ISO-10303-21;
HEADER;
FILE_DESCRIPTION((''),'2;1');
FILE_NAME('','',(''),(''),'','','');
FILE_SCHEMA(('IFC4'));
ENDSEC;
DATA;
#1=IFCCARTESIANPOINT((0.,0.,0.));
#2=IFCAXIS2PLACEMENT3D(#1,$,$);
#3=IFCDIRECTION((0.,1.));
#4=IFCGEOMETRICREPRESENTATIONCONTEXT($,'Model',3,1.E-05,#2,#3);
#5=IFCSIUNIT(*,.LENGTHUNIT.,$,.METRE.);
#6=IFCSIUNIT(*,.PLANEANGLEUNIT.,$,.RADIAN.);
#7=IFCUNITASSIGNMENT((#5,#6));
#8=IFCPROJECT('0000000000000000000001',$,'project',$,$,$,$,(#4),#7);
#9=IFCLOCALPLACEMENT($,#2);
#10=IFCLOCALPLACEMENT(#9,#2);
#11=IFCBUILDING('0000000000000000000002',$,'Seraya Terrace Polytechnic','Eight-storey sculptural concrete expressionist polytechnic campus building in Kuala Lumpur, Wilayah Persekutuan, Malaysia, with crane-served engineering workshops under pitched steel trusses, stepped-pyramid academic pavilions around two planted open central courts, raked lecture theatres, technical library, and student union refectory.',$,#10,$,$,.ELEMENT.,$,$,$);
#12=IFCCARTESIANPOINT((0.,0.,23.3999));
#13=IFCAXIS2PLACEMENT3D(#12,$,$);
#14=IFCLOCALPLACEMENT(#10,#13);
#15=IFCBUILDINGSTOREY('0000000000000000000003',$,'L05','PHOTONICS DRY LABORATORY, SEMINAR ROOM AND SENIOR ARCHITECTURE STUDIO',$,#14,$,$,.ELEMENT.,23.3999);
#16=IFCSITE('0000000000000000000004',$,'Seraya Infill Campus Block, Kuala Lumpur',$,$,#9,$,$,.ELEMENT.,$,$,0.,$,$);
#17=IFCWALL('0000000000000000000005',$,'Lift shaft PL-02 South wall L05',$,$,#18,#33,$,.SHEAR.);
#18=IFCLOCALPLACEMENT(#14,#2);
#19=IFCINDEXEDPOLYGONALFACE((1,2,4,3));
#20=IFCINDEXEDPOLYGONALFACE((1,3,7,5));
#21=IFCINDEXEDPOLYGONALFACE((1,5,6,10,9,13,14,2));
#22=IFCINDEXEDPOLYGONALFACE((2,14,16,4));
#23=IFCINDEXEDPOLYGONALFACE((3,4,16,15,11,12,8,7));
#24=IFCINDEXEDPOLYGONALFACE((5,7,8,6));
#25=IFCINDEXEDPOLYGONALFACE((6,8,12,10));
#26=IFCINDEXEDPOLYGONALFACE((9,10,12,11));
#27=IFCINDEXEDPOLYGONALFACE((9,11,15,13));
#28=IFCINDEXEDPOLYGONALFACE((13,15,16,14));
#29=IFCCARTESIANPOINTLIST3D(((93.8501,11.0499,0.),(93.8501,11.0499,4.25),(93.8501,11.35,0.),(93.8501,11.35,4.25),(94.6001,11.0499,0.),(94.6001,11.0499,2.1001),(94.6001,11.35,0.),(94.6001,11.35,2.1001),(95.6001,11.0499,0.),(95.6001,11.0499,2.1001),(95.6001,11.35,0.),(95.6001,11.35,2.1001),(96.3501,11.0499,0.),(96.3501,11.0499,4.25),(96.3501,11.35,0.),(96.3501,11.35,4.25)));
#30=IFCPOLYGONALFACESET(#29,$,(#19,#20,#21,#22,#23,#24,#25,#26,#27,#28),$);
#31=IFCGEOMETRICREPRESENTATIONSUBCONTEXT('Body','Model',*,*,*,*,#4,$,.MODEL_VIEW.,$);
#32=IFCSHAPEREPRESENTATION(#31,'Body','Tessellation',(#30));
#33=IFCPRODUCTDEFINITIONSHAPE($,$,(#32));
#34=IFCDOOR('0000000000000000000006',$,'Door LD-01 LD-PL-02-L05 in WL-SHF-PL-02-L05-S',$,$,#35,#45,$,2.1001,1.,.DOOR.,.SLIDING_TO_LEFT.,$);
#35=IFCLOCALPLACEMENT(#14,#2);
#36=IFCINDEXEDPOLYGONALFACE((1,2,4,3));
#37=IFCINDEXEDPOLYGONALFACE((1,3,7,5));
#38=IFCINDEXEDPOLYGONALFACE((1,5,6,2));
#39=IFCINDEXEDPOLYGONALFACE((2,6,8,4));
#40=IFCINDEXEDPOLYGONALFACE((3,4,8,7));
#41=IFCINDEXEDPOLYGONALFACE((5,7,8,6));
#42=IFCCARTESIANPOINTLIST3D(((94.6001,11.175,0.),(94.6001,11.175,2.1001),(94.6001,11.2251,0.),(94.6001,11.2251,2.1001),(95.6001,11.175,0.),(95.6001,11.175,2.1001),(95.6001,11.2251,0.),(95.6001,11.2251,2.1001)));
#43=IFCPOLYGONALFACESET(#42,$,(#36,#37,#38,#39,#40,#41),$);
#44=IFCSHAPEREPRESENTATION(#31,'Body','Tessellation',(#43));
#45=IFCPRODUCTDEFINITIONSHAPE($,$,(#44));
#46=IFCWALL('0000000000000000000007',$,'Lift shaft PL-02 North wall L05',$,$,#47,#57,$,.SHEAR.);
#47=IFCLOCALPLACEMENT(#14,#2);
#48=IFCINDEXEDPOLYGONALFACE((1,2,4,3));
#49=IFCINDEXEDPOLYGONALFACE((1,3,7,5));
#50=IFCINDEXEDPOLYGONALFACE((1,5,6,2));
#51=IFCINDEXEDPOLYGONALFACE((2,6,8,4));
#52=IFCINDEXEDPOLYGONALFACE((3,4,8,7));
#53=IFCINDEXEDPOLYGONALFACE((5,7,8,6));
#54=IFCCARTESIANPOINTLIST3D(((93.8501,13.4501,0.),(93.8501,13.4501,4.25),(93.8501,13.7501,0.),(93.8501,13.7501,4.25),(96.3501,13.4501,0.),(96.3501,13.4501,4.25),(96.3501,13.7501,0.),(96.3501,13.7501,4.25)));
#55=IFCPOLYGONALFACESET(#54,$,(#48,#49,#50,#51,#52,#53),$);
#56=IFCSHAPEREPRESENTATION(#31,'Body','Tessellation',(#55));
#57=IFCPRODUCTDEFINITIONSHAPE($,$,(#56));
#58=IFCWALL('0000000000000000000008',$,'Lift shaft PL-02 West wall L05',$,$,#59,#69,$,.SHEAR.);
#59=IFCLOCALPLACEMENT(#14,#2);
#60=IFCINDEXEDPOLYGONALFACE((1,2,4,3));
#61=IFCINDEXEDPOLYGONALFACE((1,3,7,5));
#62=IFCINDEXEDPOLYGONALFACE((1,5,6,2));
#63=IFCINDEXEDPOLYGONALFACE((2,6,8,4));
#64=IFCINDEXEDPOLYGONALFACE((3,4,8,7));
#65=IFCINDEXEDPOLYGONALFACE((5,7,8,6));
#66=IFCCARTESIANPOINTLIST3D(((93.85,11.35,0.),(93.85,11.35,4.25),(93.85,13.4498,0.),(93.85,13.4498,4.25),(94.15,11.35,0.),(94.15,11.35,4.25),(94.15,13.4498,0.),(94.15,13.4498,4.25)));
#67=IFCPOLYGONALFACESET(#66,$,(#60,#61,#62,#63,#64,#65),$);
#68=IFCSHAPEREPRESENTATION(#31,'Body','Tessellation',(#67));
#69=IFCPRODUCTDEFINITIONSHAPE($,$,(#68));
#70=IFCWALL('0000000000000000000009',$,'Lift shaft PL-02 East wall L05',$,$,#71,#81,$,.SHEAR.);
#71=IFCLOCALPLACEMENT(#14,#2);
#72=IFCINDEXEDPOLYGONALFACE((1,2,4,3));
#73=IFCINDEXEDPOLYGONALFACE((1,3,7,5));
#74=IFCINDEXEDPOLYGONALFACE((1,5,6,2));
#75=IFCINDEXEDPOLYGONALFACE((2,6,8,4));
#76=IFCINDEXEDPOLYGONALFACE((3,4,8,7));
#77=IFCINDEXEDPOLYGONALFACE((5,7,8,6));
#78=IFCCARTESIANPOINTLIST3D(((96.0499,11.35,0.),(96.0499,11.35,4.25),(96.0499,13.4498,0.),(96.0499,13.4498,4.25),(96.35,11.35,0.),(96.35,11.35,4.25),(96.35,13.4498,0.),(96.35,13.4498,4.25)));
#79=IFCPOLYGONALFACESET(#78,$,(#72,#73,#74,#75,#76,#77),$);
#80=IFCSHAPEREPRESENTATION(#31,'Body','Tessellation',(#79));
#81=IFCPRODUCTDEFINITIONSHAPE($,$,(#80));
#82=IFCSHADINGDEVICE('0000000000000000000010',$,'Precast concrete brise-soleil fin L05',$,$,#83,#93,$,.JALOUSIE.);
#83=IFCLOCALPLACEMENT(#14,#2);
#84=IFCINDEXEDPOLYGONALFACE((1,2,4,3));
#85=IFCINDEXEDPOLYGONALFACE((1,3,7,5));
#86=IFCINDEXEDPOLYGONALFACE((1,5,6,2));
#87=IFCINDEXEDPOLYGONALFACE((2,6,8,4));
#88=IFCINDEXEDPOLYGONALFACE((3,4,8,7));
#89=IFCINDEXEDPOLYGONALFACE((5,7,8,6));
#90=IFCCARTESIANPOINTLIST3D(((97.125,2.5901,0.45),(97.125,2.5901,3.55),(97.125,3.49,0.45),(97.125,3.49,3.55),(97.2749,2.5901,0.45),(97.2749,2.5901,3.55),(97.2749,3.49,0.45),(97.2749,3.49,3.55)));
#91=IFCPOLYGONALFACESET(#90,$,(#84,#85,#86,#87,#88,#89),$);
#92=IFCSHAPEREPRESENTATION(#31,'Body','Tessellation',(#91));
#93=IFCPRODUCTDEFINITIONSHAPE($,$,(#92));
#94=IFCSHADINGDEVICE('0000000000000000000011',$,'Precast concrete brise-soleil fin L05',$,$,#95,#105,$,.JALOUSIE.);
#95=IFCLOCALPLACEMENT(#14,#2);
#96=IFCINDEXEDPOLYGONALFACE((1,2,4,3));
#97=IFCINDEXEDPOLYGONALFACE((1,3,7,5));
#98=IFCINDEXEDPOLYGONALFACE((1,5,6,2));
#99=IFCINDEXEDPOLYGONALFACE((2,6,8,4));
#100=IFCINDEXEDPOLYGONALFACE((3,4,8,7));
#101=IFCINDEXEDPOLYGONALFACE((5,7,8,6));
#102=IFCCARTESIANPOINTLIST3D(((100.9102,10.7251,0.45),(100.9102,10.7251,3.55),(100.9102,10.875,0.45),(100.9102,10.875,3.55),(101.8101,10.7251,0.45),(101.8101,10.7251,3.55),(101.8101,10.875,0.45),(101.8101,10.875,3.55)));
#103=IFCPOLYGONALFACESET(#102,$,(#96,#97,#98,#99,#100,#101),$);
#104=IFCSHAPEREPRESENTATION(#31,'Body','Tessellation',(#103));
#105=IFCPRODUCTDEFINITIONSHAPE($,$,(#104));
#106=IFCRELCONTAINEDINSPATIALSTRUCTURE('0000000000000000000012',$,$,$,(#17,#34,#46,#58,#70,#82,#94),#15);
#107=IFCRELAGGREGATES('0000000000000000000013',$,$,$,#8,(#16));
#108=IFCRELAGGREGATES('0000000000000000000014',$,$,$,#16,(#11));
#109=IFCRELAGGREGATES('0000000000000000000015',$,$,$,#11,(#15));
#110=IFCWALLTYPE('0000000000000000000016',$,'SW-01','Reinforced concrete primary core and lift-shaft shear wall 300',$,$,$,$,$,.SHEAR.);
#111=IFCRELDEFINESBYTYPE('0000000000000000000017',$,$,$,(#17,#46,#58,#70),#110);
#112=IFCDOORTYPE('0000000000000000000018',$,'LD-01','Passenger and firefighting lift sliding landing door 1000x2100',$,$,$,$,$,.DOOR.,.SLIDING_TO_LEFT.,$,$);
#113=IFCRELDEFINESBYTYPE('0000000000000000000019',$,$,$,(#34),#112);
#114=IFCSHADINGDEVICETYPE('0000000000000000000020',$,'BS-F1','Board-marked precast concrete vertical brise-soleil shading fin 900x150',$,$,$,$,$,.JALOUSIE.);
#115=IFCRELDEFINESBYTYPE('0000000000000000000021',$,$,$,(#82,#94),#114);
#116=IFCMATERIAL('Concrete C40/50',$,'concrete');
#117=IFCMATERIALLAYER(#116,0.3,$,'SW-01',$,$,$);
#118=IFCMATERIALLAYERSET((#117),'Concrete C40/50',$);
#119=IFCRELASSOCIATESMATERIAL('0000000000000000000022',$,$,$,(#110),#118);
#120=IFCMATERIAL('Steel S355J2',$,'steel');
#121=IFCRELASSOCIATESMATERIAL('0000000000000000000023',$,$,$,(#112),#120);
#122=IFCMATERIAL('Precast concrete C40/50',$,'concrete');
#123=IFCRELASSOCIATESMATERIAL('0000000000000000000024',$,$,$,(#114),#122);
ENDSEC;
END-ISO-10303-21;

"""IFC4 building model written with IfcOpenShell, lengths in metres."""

from ifc_helpers import new_model, si_unit, direction, frame, frame_2d, origin, origin_2d, place, context, subcontext, project, spatial, rectangle, extrude, material, layer, layer_set, type_object, element, fill, save


model = new_model("IFC4")

# Units and contexts
model_context = context("Model", 3, precision=1e-05, world=origin(), true_north=direction((0.0, 1.0)))
body_context = subcontext(model_context, "Body", "Model", "MODEL_VIEW")
ifc_project = project(units=[si_unit("LENGTHUNIT", "METRE"), si_unit("PLANEANGLEUNIT", "RADIAN")], contexts=[model_context])

# Site, building, storey
site_placement = place(None, origin())
site = spatial("IfcSite", under=ifc_project, at=site_placement, Name="Seraya Infill Campus Block, Kuala Lumpur", CompositionType="ELEMENT", RefElevation=0.0)
building_placement = place(site_placement, origin())
building = spatial("IfcBuilding", under=site, at=building_placement, Name="Seraya Terrace Polytechnic", Description="Eight-storey sculptural concrete expressionist polytechnic campus building in Kuala Lumpur, Wilayah Persekutuan, Malaysia, with crane-served engineering workshops under pitched steel trusses, stepped-pyramid academic pavilions around two planted open central courts, raked lecture theatres, technical library, and student union refectory.", CompositionType="ELEMENT")
storey_placement = place(building_placement, frame((0.0, 0.0, 23.3999)))
storey = spatial("IfcBuildingStorey", under=building, at=storey_placement, Name="L05", Description="PHOTONICS DRY LABORATORY, SEMINAR ROOM AND SENIOR ARCHITECTURE STUDIO", CompositionType="ELEMENT", Elevation=23.3999)

# Shared definitions
ifc_material_1 = material(Name="Concrete C40/50", Category="concrete")

# Shared definitions
ifc_material_2 = material(Name="Precast concrete C40/50", Category="concrete")

# Shared definitions
ifc_layer_1 = layer(ifc_material_1, 0.3, Name="SW-01")
ifc_layer_set_1 = layer_set([ifc_layer_1], Name="Concrete C40/50")
wall_type_1 = type_object("IfcWallType", Name="SW-01", Description="Reinforced concrete primary core and lift-shaft shear wall 300", PredefinedType="SHEAR", material=ifc_layer_set_1)

# Wall, opening, door
wall_1_placement = place(storey_placement, frame((93.8501, 11.2, 0.0), z_axis=(0.0, 0.0, 1.0), x_axis=(1.0, 0.0, 0.0)))
wall_1 = element("IfcWall", 1, at=wall_1_placement, inside=storey, type_object=wall_type_1, Name="Lift shaft PL-02 South wall L05", PredefinedType="SHEAR", context=body_context, shape_type="SweptSolid", body=[
    extrude(rectangle(XDim=2.5, YDim=0.3, at=frame_2d((1.25, 0.0))), origin(), (0.0, 0.0, 1.0), 4.25),
])
opening_1_placement = place(wall_1_placement, frame((0.75, 0.0, 0.0)))
opening_1 = element("IfcOpeningElement", 2, at=opening_1_placement, cuts=wall_1, PredefinedType="OPENING", context=body_context, shape_type="SweptSolid", body=[
    extrude(rectangle(XDim=1.0, YDim=2.1001, at=frame_2d((0.5, 1.05))), frame((0.0, 0.1621, 0.0), z_axis=(0.0, -1.0, 0.0), x_axis=(1.0, 0.0, 0.0)), (0.0, 0.0, 1.0), 0.324),
])
ifc_material_3 = material(Name="Steel S355J2", Category="steel")
door_type_1 = type_object("IfcDoorType", Name="LD-01", Description="Passenger and firefighting lift sliding landing door 1000x2100", OperationType="SLIDING_TO_LEFT", PredefinedType="DOOR", material=ifc_material_3)
door_1_placement = place(opening_1_placement, frame((1.0, 0.0, 0.0), z_axis=(0.0, 0.0, 1.0), x_axis=(-1.0, 0.0, 0.0)))
door_1 = element("IfcDoor", 3, at=door_1_placement, inside=storey, type_object=door_type_1, Name="Door LD-01 LD-PL-02-L05 in WL-SHF-PL-02-L05-S", OperationType="SLIDING_TO_LEFT", OverallHeight=2.1001, OverallWidth=1.0, PredefinedType="DOOR", context=body_context, shape_type="SweptSolid", body=[
    extrude(rectangle(XDim=1.0, YDim=2.1001, at=frame_2d((0.5, 1.05))), frame((0.0, 0.0249, 0.0), z_axis=(0.0, -1.0, 0.0), x_axis=(1.0, 0.0, 0.0)), (0.0, 0.0, 1.0), 0.05),
])
fill(opening_1, door_1)

# Walls
wall_2_placement = place(storey_placement, frame((93.8501, 13.6001, 0.0), z_axis=(0.0, 0.0, 1.0), x_axis=(1.0, 0.0, 0.0)))
element("IfcWall", 4, at=wall_2_placement, inside=storey, type_object=wall_type_1, Name="Lift shaft PL-02 North wall L05", PredefinedType="SHEAR", context=body_context, shape_type="SweptSolid", body=[
    extrude(rectangle(XDim=2.5, YDim=0.3, at=frame_2d((1.25, 0.0))), origin(), (0.0, 0.0, 1.0), 4.25),
])
for number, where, z_axis, x_axis, name in (
    (5, (94.0, 11.3501, 0.0), (0.0, 0.0, 1.0), (0.0, 1.0, 0.0), "Lift shaft PL-02 West wall L05"),
    (6, (96.2, 11.3501, 0.0), (0.0, 0.0, 1.0), (0.0, 1.0, 0.0), "Lift shaft PL-02 East wall L05"),
):
    element("IfcWall", number, at=place(storey_placement, frame(where, z_axis=z_axis, x_axis=x_axis)), inside=storey, type_object=wall_type_1, Name=name, PredefinedType="SHEAR", context=body_context, shape_type="SweptSolid", body=[
        extrude(rectangle(XDim=2.0999, YDim=0.3, at=frame_2d((1.0498, 0.0))), origin(), (0.0, 0.0, 1.0), 4.25),
    ])

# Shading devices
shading_device_type = type_object("IfcShadingDeviceType", Name="BS-F1", Description="Board-marked precast concrete vertical brise-soleil shading fin 900x150", PredefinedType="JALOUSIE", material=ifc_material_2)
for number, where, z_axis, x_axis, name in (
    (7, (97.2, 3.04, 0.45), (0.0, 0.0, 1.0), (0.0, -1.0, 0.0), "Precast concrete brise-soleil fin L05"),
    (8, (101.3601, 10.8, 0.45), (0.0, 0.0, 1.0), (1.0, 0.0, 0.0), "Precast concrete brise-soleil fin L05"),
):
    element("IfcShadingDevice", number, at=place(storey_placement, frame(where, z_axis=z_axis, x_axis=x_axis)), inside=storey, type_object=shading_device_type, Name=name, PredefinedType="JALOUSIE", context=body_context, shape_type="SweptSolid", body=[
        extrude(rectangle(XDim=0.8999, YDim=0.1499, at=origin_2d()), origin(), (0.0, 0.0, 1.0), 3.1001),
    ])

save(model, "model.ifc")
